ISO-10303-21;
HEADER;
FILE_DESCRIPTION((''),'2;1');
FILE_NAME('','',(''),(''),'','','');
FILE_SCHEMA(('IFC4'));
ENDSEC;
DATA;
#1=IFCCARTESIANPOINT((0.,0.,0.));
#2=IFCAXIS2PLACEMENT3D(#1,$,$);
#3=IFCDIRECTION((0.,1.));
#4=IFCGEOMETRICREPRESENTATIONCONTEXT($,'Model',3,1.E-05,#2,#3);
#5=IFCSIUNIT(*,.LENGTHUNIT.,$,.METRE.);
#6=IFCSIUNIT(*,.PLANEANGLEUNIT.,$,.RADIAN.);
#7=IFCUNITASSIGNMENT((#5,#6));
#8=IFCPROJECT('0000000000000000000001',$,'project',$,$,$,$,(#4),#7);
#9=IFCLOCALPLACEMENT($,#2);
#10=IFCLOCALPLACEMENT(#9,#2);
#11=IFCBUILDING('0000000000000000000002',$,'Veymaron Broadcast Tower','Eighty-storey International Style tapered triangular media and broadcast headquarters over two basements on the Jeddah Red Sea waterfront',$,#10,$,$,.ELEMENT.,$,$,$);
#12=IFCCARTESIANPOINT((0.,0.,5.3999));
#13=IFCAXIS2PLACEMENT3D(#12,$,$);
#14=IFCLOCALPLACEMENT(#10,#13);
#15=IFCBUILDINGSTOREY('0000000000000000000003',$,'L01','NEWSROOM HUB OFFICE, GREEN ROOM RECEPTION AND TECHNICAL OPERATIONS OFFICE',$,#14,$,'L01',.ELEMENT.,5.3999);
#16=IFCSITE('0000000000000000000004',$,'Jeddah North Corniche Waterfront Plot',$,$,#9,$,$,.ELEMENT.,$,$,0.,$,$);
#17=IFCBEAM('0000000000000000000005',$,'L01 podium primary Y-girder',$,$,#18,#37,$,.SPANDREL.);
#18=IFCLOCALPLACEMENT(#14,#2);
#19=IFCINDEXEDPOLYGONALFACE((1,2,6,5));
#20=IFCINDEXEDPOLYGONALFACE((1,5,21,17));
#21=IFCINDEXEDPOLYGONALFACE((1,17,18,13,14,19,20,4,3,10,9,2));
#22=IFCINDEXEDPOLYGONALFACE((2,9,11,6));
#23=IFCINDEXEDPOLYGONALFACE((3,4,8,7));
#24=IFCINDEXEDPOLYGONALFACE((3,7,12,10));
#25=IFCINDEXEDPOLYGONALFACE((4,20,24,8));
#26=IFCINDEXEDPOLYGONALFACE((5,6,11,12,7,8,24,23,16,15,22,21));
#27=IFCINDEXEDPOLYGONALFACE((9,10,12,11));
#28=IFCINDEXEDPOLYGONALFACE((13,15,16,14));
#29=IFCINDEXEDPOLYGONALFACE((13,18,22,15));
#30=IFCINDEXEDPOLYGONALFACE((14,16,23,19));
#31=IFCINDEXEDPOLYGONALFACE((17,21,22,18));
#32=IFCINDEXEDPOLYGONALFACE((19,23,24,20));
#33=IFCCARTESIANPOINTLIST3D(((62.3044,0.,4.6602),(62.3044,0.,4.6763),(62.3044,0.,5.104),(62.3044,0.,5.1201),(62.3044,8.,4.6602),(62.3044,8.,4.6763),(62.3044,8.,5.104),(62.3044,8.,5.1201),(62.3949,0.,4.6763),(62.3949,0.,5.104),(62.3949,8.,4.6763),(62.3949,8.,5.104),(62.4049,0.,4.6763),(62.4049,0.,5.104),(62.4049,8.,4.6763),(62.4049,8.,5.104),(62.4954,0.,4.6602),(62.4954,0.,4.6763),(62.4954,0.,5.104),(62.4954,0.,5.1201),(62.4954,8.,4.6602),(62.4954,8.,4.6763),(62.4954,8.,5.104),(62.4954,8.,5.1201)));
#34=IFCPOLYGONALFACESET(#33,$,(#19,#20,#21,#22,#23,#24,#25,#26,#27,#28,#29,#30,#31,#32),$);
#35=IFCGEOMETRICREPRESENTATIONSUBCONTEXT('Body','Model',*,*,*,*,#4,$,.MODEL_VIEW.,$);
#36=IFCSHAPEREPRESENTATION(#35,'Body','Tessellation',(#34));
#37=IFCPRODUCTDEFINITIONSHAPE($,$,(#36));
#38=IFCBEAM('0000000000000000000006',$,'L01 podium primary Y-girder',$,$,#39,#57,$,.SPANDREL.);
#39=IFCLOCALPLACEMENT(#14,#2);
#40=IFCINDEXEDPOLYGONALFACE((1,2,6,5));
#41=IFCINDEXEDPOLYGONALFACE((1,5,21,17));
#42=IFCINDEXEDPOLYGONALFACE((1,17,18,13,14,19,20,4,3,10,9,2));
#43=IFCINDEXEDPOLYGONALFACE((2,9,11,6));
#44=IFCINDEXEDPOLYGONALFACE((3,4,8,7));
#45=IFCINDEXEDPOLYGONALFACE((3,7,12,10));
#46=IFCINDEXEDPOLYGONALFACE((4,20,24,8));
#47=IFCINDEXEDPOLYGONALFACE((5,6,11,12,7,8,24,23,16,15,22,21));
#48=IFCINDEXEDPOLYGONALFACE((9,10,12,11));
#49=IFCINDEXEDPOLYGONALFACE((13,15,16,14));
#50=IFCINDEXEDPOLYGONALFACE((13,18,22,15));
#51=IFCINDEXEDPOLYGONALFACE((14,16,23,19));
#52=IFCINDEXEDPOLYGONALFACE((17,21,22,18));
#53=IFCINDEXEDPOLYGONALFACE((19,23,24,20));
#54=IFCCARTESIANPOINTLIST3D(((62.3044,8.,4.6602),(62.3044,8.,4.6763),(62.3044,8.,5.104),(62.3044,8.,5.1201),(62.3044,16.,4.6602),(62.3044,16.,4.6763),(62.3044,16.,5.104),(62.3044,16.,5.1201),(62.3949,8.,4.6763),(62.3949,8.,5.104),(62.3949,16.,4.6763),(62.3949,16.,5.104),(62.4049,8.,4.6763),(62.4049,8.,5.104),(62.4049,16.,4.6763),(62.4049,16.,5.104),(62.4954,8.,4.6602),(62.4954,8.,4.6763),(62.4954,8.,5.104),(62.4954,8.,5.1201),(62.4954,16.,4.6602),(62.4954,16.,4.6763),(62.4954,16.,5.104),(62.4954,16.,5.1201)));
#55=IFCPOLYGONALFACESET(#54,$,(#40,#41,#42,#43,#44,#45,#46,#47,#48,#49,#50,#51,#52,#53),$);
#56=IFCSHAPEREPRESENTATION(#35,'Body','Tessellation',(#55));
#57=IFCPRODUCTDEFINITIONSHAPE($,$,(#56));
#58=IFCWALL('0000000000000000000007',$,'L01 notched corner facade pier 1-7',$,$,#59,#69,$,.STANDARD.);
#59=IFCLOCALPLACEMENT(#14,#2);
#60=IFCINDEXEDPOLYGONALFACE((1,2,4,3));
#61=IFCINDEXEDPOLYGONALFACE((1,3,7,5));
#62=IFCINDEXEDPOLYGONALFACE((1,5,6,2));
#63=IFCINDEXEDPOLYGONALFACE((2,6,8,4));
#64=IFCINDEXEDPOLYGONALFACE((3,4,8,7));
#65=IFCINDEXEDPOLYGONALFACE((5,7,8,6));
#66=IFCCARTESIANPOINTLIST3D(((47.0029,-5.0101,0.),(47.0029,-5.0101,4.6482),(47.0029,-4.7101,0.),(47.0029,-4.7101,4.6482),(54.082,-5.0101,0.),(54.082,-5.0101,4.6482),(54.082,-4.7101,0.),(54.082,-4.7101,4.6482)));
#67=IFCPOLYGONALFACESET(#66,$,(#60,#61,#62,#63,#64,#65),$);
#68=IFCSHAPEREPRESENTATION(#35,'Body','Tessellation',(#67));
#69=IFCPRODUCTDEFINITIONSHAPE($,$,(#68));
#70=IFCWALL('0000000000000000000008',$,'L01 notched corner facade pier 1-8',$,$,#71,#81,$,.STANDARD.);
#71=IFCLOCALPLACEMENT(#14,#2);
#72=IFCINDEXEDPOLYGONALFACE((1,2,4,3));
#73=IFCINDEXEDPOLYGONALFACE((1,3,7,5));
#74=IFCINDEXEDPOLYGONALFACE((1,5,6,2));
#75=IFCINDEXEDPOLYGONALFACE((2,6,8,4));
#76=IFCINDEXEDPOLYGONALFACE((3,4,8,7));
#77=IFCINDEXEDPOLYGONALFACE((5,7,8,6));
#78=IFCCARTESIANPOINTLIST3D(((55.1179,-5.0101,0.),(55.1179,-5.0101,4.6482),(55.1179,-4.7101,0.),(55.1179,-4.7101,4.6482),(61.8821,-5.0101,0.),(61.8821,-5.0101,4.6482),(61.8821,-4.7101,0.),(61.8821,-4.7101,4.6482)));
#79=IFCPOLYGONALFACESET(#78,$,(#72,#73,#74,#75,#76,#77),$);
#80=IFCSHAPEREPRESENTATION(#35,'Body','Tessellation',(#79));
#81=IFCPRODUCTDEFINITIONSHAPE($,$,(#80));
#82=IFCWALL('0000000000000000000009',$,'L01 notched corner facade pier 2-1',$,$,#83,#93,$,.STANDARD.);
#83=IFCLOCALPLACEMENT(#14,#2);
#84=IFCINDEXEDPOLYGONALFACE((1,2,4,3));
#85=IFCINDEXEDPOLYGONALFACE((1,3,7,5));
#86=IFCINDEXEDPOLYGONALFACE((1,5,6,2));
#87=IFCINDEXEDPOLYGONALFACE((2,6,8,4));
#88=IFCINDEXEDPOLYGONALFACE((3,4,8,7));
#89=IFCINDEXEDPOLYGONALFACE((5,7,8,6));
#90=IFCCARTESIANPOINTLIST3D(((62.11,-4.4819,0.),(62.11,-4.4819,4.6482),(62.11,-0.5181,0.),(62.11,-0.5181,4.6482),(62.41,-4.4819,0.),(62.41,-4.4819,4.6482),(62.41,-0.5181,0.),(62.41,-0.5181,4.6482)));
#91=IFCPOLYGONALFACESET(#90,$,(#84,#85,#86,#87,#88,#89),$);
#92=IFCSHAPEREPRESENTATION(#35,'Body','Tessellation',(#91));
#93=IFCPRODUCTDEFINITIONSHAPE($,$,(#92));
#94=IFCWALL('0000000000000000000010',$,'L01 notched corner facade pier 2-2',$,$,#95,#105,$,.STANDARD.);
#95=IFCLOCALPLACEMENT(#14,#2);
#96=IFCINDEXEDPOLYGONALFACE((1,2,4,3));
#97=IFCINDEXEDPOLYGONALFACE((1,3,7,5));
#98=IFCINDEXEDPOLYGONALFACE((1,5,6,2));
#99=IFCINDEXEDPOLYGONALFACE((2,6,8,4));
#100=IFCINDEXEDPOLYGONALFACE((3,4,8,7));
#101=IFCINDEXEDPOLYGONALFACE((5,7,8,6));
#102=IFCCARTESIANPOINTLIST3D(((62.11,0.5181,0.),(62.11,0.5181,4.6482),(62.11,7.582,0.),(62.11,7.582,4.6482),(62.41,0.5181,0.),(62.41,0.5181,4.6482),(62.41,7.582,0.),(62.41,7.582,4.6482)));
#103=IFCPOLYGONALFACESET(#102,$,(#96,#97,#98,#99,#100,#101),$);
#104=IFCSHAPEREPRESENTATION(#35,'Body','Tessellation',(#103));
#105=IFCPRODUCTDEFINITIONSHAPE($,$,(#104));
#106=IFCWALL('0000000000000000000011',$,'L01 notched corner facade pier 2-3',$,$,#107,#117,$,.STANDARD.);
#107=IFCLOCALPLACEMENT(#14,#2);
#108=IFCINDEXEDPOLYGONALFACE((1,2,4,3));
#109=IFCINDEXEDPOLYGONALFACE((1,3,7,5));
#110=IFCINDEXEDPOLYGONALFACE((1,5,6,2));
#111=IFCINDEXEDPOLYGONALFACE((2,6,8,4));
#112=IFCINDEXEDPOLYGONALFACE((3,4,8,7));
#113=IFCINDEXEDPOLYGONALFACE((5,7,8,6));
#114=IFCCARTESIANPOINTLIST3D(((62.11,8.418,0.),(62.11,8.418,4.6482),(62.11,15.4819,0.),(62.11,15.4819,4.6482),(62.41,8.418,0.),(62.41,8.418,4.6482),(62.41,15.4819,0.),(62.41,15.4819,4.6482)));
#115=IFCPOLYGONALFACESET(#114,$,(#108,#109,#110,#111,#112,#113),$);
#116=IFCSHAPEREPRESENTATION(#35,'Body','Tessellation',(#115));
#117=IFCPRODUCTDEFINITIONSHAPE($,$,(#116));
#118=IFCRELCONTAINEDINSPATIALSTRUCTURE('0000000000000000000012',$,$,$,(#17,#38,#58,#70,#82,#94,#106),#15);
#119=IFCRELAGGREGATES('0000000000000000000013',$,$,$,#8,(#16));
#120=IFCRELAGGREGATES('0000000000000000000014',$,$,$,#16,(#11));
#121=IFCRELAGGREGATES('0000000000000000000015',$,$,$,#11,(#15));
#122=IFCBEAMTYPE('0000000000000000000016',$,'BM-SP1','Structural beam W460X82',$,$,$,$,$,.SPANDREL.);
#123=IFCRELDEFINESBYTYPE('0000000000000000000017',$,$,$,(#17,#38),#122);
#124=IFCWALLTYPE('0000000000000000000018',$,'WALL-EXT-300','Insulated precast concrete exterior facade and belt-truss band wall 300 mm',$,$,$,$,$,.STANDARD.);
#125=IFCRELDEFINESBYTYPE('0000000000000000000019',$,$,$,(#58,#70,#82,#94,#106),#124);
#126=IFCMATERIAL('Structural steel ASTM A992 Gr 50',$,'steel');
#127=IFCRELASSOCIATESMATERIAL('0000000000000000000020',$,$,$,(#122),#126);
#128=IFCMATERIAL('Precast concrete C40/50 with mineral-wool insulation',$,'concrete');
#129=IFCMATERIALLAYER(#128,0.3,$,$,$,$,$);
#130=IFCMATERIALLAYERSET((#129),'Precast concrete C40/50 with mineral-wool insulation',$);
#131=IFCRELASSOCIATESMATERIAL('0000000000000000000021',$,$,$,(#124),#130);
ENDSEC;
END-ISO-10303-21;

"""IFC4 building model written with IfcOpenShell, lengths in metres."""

from ifc_helpers import new_model, si_unit, direction, frame, frame_2d, origin, origin_2d, place, context, subcontext, project, spatial, rectangle, i_section, extrude, material, layer, layer_set, material_profile, profile_set, type_object, element, save


model = new_model("IFC4")

# Units and contexts
model_context = context("Model", 3, precision=1e-05, world=origin(), true_north=direction((0.0, 1.0)))
body_context = subcontext(model_context, "Body", "Model", "MODEL_VIEW")
ifc_project = project(units=[si_unit("LENGTHUNIT", "METRE"), si_unit("PLANEANGLEUNIT", "RADIAN")], contexts=[model_context])

# Site, building, storey
site_placement = place(None, origin())
site = spatial("IfcSite", under=ifc_project, at=site_placement, Name="Jeddah North Corniche Waterfront Plot", CompositionType="ELEMENT", RefElevation=0.0)
building_placement = place(site_placement, origin())
building = spatial("IfcBuilding", under=site, at=building_placement, Name="Veymaron Broadcast Tower", Description="Eighty-storey International Style tapered triangular media and broadcast headquarters over two basements on the Jeddah Red Sea waterfront", CompositionType="ELEMENT")
storey_placement = place(building_placement, frame((0.0, 0.0, 5.3999)))
storey = spatial("IfcBuildingStorey", under=building, at=storey_placement, Name="L01", Description="NEWSROOM HUB OFFICE, GREEN ROOM RECEPTION AND TECHNICAL OPERATIONS OFFICE", LongName="L01", CompositionType="ELEMENT", Elevation=5.3999)

# Beams
ifc_material_1 = material(Name="Structural steel ASTM A992 Gr 50", Category="steel")
ifc_material_profile_1 = material_profile(ifc_material_1, i_section(OverallWidth=0.1909, OverallDepth=0.46, WebThickness=0.01, FlangeThickness=0.0161, at=origin_2d()), Name="W460X82")
ifc_profile_set_1 = profile_set([ifc_material_profile_1], Name="Structural steel ASTM A992 Gr 50")
beam_type_1 = type_object("IfcBeamType", Name="BM-SP1", Description="Structural beam W460X82", PredefinedType="SPANDREL", material=ifc_profile_set_1)
for number, where, z_axis, x_axis, name in (
    (1, (62.3999, 0.0, 4.8901), (0.0, 1.0, 0.0), (-1.0, 0.0, 0.0), "L01 podium primary Y-girder"),
    (2, (62.3999, 8.0, 4.8901), (0.0, 1.0, 0.0), (-1.0, 0.0, 0.0), "L01 podium primary Y-girder"),
):
    element("IfcBeam", number, at=place(storey_placement, frame(where, z_axis=z_axis, x_axis=x_axis)), inside=storey, type_object=beam_type_1, Name=name, PredefinedType="SPANDREL", context=body_context, shape_type="SweptSolid", body=[
        extrude(i_section(OverallWidth=0.1909, OverallDepth=0.46, WebThickness=0.01, FlangeThickness=0.0161, at=origin_2d()), origin(), (0.0, 0.0, 1.0), 8.0),
    ])

# Walls
ifc_material_2 = material(Name="Precast concrete C40/50 with mineral-wool insulation", Category="concrete")
ifc_layer = layer(ifc_material_2, 0.3)
ifc_layer_set = layer_set([ifc_layer], Name="Precast concrete C40/50 with mineral-wool insulation")
wall_type = type_object("IfcWallType", Name="WALL-EXT-300", Description="Insulated precast concrete exterior facade and belt-truss band wall 300 mm", PredefinedType="STANDARD", material=ifc_layer_set)
wall_1_placement = place(storey_placement, frame((47.0029, -4.8601, 0.0), z_axis=(0.0, 0.0, 1.0), x_axis=(1.0, 0.0, 0.0)))
element("IfcWall", 3, at=wall_1_placement, inside=storey, type_object=wall_type, Name="L01 notched corner facade pier 1-7", PredefinedType="STANDARD", context=body_context, shape_type="SweptSolid", body=[
    extrude(rectangle(XDim=7.0791, YDim=0.3, at=frame_2d((3.5396, 0.0))), origin(), (0.0, 0.0, 1.0), 4.6482),
])
wall_2_placement = place(storey_placement, frame((55.1179, -4.8601, 0.0), z_axis=(0.0, 0.0, 1.0), x_axis=(1.0, 0.0, 0.0)))
element("IfcWall", 4, at=wall_2_placement, inside=storey, type_object=wall_type, Name="L01 notched corner facade pier 1-8", PredefinedType="STANDARD", context=body_context, shape_type="SweptSolid", body=[
    extrude(rectangle(XDim=6.7642, YDim=0.3, at=frame_2d((3.3821, 0.0))), origin(), (0.0, 0.0, 1.0), 4.6482),
])
wall_3_placement = place(storey_placement, frame((62.26, -4.4819, 0.0), z_axis=(0.0, 0.0, 1.0), x_axis=(0.0, 1.0, 0.0)))
element("IfcWall", 5, at=wall_3_placement, inside=storey, type_object=wall_type, Name="L01 notched corner facade pier 2-1", PredefinedType="STANDARD", context=body_context, shape_type="SweptSolid", body=[
    extrude(rectangle(XDim=3.9639, YDim=0.3, at=frame_2d((1.9819, 0.0))), origin(), (0.0, 0.0, 1.0), 4.6482),
])
for number, where, z_axis, x_axis, name in (
    (6, (62.26, 0.5181, 0.0), (0.0, 0.0, 1.0), (0.0, 1.0, 0.0), "L01 notched corner facade pier 2-2"),
    (7, (62.26, 8.418, 0.0), (0.0, 0.0, 1.0), (0.0, 1.0, 0.0), "L01 notched corner facade pier 2-3"),
):
    element("IfcWall", number, at=place(storey_placement, frame(where, z_axis=z_axis, x_axis=x_axis)), inside=storey, type_object=wall_type, Name=name, PredefinedType="STANDARD", context=body_context, shape_type="SweptSolid", body=[
        extrude(rectangle(XDim=7.064, YDim=0.3, at=frame_2d((3.532, 0.0))), origin(), (0.0, 0.0, 1.0), 4.6482),
    ])

save(model, "model.ifc")
